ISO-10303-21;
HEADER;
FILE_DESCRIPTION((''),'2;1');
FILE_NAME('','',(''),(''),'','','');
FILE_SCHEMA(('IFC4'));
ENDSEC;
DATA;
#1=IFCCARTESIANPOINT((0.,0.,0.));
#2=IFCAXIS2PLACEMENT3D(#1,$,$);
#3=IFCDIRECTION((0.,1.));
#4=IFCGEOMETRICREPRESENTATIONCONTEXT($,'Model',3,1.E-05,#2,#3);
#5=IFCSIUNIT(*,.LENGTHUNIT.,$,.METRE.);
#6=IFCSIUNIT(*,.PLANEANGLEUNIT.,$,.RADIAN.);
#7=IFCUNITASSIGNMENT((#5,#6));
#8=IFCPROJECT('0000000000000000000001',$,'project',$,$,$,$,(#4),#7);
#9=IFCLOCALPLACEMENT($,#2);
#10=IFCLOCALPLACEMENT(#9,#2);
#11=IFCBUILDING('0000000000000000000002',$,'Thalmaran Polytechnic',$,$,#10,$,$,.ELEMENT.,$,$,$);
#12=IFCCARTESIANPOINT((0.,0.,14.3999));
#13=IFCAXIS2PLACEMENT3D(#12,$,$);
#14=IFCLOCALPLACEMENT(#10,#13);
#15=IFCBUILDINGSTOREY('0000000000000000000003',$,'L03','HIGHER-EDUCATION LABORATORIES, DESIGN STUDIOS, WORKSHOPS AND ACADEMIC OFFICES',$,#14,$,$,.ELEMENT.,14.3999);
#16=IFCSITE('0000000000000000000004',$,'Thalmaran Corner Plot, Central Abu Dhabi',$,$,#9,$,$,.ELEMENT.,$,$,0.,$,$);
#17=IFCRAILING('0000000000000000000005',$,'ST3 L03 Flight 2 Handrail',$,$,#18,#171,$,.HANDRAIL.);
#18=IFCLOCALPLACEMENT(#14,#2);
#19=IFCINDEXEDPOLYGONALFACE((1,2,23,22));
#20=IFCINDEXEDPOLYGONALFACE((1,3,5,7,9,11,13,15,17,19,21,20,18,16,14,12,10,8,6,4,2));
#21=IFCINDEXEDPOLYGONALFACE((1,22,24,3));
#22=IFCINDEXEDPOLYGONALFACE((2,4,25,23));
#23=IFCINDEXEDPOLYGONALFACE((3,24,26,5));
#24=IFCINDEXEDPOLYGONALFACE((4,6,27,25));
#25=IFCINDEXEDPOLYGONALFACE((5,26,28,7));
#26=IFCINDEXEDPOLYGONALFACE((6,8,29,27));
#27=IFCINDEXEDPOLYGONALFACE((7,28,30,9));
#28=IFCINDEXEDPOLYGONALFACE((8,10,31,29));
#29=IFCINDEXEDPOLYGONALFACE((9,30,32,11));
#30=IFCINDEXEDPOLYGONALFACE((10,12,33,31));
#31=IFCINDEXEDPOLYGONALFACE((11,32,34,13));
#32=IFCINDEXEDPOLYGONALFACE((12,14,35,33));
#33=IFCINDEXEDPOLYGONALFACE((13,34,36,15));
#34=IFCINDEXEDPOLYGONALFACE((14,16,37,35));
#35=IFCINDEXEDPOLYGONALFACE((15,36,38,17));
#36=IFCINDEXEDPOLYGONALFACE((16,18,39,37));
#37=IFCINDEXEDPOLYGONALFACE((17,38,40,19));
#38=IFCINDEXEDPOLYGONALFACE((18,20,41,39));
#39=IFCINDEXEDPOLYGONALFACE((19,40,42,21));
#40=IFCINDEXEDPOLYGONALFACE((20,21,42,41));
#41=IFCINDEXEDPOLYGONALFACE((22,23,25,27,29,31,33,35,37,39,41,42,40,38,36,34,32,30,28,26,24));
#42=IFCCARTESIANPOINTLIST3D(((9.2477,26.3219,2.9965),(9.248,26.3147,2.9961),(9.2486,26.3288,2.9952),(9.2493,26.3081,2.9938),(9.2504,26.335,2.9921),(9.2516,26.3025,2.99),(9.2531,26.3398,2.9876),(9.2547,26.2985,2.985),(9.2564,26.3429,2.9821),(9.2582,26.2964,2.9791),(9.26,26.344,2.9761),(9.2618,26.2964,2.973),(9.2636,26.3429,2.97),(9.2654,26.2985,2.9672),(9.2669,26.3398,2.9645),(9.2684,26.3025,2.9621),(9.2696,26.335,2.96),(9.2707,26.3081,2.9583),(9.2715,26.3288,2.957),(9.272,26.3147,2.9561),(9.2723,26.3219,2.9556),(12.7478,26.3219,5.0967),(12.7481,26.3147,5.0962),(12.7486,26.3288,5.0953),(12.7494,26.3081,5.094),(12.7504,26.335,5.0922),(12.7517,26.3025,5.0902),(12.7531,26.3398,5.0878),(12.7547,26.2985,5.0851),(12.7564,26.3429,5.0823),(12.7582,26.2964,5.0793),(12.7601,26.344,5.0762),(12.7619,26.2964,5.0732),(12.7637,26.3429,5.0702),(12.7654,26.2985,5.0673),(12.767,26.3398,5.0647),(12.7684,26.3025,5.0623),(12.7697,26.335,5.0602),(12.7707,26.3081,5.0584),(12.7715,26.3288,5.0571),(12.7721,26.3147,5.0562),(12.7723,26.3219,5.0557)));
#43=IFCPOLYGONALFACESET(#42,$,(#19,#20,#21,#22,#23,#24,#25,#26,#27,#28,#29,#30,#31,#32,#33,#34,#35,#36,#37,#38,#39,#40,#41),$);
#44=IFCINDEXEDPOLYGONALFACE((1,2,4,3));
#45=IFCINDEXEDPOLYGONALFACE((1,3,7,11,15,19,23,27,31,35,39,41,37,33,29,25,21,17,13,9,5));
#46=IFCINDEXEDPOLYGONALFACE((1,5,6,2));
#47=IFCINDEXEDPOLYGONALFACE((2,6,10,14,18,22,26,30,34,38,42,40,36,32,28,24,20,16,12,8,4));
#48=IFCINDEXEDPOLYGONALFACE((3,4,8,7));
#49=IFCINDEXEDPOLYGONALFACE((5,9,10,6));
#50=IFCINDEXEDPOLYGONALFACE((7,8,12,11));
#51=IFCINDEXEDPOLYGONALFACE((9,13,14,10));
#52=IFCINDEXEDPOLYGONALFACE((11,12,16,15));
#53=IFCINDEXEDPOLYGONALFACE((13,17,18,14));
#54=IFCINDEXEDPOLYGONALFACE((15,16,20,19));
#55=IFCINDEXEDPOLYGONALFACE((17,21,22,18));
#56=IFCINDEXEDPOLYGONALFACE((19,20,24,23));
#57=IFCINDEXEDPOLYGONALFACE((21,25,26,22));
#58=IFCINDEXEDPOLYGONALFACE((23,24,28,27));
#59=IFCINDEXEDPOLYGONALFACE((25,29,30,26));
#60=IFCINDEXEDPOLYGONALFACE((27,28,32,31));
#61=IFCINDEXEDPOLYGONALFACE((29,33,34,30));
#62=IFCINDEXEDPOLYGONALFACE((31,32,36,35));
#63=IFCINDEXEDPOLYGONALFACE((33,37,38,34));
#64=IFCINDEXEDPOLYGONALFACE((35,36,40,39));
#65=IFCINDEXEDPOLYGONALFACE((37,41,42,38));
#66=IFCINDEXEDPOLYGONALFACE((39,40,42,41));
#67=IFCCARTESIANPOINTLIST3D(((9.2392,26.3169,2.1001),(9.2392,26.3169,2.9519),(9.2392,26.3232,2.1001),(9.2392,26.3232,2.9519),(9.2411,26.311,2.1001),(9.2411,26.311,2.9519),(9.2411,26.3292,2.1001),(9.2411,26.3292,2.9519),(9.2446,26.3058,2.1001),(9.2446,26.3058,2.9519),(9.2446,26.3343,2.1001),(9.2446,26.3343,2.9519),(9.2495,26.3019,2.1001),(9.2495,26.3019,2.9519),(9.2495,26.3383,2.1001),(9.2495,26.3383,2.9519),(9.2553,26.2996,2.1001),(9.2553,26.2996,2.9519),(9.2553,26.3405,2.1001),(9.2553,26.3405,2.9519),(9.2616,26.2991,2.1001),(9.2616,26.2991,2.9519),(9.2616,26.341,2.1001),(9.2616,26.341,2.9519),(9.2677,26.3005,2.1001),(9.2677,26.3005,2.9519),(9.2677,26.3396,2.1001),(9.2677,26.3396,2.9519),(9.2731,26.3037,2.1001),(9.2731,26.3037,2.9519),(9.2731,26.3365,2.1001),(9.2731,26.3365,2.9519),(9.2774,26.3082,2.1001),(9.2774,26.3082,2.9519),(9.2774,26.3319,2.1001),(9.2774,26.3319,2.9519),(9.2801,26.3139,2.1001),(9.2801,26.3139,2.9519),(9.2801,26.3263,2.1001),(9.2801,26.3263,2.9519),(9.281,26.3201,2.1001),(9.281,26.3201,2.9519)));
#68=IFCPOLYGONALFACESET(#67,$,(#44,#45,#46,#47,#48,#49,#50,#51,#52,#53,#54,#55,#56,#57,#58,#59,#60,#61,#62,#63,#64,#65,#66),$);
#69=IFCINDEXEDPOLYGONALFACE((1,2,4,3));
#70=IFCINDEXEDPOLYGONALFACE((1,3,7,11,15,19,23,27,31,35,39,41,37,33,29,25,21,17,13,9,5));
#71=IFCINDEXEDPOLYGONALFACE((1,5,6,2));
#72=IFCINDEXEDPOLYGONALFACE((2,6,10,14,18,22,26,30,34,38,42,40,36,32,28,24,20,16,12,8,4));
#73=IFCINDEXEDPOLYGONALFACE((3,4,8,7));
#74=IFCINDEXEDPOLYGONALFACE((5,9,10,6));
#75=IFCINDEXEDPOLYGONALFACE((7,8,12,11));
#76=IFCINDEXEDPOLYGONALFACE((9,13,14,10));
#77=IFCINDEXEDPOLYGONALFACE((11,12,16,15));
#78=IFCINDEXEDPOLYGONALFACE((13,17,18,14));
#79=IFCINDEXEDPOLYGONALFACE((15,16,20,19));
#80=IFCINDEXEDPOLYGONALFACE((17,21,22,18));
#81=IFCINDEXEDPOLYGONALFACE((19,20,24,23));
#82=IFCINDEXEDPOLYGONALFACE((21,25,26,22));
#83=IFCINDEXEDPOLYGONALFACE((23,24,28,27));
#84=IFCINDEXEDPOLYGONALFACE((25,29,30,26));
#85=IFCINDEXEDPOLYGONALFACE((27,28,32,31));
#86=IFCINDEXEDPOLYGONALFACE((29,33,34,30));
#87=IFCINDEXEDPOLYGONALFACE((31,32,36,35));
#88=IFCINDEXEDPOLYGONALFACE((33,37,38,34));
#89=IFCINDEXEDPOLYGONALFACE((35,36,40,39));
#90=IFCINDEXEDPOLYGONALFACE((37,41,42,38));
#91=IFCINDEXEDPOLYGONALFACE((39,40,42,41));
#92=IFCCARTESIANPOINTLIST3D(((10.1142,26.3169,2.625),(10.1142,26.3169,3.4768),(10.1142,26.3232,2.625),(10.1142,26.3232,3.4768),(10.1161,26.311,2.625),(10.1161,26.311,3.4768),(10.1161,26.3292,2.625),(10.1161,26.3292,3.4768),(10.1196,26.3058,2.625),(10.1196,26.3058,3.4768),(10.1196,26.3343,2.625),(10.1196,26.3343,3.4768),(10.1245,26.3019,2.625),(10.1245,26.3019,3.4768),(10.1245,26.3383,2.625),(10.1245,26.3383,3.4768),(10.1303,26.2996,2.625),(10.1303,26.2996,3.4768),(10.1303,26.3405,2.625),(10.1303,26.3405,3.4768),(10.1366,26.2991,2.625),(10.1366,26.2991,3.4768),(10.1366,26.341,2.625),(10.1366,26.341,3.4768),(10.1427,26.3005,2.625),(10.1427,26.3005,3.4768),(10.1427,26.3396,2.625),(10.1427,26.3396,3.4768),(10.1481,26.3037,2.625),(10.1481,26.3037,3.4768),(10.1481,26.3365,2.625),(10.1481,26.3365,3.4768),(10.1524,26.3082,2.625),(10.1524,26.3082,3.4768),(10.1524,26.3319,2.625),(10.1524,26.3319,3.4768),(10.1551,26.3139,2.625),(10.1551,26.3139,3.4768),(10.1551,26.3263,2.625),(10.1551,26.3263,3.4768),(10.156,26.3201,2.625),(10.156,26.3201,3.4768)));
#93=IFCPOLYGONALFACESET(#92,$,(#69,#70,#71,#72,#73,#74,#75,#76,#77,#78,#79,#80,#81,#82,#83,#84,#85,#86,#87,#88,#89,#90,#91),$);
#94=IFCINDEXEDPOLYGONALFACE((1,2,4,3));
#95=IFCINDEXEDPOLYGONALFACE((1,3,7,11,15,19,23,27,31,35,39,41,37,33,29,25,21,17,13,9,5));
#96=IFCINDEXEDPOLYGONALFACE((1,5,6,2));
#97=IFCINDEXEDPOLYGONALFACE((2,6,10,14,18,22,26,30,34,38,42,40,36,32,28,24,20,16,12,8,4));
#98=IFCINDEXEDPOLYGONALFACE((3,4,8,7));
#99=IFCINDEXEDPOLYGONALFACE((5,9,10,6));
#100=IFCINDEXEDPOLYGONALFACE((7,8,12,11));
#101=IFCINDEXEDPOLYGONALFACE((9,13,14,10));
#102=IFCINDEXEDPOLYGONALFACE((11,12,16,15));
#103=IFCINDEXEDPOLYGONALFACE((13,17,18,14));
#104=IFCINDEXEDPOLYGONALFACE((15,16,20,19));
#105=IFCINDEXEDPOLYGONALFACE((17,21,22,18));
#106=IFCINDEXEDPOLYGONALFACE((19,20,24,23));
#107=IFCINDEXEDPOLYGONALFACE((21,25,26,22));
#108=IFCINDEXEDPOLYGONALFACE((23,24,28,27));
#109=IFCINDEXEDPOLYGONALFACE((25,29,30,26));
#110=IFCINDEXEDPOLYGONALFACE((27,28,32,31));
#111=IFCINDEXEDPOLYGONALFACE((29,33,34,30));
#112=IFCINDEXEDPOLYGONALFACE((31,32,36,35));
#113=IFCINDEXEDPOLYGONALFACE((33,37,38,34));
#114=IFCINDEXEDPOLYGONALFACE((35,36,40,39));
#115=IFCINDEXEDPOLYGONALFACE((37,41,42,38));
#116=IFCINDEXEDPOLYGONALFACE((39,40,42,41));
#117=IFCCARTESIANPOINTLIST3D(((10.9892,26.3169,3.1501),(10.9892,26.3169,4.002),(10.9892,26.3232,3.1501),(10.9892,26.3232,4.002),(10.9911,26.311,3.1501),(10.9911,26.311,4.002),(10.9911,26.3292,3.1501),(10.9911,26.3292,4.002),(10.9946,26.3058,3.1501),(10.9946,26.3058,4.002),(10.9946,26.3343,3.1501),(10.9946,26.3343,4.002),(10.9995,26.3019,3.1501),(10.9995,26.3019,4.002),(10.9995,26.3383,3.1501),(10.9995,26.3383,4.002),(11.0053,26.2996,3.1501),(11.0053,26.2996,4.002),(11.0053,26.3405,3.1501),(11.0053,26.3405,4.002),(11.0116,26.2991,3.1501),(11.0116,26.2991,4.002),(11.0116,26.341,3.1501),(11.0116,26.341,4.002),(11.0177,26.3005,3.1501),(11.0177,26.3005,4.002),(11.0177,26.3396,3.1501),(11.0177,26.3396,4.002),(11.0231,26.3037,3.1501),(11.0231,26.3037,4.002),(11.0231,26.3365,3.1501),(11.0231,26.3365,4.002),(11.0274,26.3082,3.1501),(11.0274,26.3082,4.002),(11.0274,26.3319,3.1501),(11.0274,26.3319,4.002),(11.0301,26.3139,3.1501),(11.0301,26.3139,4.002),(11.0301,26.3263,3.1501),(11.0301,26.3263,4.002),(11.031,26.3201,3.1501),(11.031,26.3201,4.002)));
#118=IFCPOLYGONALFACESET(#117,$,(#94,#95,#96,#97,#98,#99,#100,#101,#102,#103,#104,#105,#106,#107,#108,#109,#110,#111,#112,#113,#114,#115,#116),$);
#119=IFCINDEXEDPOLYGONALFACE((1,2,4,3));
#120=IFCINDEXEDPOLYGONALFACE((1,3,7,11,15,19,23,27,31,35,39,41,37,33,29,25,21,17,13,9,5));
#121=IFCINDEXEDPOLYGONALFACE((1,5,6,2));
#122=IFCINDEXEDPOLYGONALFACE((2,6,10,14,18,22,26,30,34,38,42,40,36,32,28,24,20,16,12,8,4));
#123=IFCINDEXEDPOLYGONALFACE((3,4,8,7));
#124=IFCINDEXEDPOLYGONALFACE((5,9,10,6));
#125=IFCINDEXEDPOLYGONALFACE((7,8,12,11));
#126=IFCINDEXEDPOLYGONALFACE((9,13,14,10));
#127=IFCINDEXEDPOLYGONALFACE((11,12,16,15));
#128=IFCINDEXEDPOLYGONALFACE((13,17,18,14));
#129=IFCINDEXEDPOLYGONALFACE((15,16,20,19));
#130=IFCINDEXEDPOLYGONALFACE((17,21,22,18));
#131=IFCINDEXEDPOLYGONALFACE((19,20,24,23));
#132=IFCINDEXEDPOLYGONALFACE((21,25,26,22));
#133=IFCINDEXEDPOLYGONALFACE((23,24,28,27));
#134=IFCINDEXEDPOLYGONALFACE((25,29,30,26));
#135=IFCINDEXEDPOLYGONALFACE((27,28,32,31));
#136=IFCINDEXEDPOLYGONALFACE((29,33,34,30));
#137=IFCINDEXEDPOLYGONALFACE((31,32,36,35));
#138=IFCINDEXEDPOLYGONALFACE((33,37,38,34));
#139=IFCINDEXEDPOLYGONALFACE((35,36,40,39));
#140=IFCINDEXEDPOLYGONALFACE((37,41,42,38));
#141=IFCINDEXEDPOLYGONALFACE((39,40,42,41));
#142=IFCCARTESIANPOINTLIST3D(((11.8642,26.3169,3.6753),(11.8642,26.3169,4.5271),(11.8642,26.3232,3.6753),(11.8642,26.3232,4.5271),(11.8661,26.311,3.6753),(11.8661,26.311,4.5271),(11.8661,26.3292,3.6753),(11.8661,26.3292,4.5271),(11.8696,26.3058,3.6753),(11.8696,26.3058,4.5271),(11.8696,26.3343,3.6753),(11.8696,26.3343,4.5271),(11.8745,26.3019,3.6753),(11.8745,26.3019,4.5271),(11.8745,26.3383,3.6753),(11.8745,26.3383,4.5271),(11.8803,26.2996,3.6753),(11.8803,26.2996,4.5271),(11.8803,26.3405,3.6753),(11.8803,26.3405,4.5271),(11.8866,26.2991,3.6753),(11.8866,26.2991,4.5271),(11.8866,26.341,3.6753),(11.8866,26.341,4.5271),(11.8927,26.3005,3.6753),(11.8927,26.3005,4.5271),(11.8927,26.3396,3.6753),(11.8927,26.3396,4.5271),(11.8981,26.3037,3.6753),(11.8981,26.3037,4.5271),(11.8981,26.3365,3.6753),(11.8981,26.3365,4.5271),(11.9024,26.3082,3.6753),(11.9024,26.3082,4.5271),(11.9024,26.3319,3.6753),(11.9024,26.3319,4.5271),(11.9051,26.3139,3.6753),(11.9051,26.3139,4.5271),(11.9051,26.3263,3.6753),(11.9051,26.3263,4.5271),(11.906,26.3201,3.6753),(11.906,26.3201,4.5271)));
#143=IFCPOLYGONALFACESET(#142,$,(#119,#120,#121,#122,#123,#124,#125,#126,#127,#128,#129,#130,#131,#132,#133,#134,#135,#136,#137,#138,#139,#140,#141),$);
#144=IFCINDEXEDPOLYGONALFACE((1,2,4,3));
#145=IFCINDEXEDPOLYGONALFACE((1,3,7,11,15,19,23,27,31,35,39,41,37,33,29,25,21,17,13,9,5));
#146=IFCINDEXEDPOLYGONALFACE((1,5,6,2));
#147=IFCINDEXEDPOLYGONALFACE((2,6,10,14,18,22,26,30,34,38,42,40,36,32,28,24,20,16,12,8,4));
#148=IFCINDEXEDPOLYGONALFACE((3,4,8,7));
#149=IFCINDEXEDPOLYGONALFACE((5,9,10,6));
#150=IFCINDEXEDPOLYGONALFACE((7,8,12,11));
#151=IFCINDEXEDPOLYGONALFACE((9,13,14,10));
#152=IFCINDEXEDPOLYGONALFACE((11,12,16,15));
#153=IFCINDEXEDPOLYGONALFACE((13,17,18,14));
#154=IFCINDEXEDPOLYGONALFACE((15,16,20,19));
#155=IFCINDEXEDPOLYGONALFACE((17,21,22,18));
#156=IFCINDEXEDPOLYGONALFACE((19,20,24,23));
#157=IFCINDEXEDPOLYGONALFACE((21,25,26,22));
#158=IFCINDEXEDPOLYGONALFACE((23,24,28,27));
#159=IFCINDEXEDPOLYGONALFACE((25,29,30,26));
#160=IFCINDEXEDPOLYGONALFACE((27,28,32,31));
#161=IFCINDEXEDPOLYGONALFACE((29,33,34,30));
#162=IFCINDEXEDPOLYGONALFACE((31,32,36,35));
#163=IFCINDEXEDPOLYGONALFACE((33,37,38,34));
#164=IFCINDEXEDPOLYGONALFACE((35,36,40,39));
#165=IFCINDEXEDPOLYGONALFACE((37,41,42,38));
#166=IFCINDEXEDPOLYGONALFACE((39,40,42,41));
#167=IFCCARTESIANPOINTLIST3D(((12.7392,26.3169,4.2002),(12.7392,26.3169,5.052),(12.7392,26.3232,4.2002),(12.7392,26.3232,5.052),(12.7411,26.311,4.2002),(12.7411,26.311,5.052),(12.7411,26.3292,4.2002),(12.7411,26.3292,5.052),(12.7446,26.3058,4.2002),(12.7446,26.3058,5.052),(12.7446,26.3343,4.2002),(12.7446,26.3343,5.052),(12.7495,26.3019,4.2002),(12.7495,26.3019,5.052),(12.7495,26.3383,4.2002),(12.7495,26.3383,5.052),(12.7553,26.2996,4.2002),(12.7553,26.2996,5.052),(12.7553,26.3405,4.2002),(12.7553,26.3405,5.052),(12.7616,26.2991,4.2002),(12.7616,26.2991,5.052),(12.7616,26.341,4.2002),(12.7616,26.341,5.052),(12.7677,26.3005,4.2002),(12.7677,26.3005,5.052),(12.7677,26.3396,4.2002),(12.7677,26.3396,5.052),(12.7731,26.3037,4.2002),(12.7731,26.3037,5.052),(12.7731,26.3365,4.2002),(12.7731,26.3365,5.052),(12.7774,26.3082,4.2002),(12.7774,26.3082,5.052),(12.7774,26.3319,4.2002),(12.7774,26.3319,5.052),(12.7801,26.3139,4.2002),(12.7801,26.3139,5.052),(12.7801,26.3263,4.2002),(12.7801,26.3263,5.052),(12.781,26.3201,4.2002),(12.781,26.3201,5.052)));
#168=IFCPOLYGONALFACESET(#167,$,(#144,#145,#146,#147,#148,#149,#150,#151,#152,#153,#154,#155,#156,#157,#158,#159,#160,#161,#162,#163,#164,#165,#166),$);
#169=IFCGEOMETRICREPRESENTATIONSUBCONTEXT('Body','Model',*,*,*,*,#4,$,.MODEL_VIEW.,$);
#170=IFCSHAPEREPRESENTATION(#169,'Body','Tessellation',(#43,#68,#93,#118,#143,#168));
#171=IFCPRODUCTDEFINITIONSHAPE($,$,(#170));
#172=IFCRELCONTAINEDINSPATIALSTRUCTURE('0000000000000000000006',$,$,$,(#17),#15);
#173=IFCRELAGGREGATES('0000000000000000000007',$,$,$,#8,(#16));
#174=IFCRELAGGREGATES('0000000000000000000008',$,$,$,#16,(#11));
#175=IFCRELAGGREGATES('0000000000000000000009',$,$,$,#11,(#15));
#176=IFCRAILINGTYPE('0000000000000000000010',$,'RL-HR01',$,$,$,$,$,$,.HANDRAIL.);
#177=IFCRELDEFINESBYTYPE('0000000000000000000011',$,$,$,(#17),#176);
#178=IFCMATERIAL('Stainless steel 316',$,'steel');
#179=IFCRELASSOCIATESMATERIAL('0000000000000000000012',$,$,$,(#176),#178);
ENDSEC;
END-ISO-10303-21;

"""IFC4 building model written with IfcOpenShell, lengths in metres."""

from ifc_helpers import new_model, si_unit, direction, frame, origin, origin_2d, place, context, subcontext, project, spatial, circle, extrude, material, type_object, element, save


model = new_model("IFC4")

# Units and contexts
model_context = context("Model", 3, precision=1e-05, world=origin(), true_north=direction((0.0, 1.0)))
body_context = subcontext(model_context, "Body", "Model", "MODEL_VIEW")
ifc_project = project(units=[si_unit("LENGTHUNIT", "METRE"), si_unit("PLANEANGLEUNIT", "RADIAN")], contexts=[model_context])

# Site, building, storey
site_placement = place(None, origin())
site = spatial("IfcSite", under=ifc_project, at=site_placement, Name="Thalmaran Corner Plot, Central Abu Dhabi", CompositionType="ELEMENT", RefElevation=0.0)
building_placement = place(site_placement, origin())
building = spatial("IfcBuilding", under=site, at=building_placement, Name="Thalmaran Polytechnic", CompositionType="ELEMENT")
storey_placement = place(building_placement, frame((0.0, 0.0, 14.3999)))
storey = spatial("IfcBuildingStorey", under=building, at=storey_placement, Name="L03", Description="HIGHER-EDUCATION LABORATORIES, DESIGN STUDIOS, WORKSHOPS AND ACADEMIC OFFICES", CompositionType="ELEMENT", Elevation=14.3999)

# Railing
ifc_material_1 = material(Name="Stainless steel 316", Category="steel")
railing_type_1 = type_object("IfcRailingType", Name="RL-HR01", PredefinedType="HANDRAIL", material=ifc_material_1)
railing_1_placement = place(storey_placement, frame((9.26, 26.3201, 2.1001)))
element("IfcRailing", 1, at=railing_1_placement, inside=storey, type_object=railing_type_1, Name="ST3 L03 Flight 2 Handrail", PredefinedType="HANDRAIL", context=body_context, shape_type="SweptSolid", body=[
    extrude(circle(Radius=0.0239, at=origin_2d()), frame((0.0, 0.0, 0.876), z_axis=(0.857482, 0.0, 0.514513), x_axis=(0.0, 1.0, 0.0)), (0.0, 0.0, 1.0), 4.0818),
    extrude(circle(Radius=0.021, at=origin_2d()), origin(), (0.0, 0.0, 1.0), 0.8518),
    extrude(circle(Radius=0.021, at=origin_2d()), frame((0.875, 0.0, 0.5249)), (0.0, 0.0, 1.0), 0.8518),
    extrude(circle(Radius=0.021, at=origin_2d()), frame((1.75, 0.0, 1.05)), (0.0, 0.0, 1.0), 0.8518),
    extrude(circle(Radius=0.021, at=origin_2d()), frame((2.625, 0.0, 1.5752)), (0.0, 0.0, 1.0), 0.8518),
    extrude(circle(Radius=0.021, at=origin_2d()), frame((3.5, 0.0, 2.1001)), (0.0, 0.0, 1.0), 0.8518),
])

save(model, "model.ifc")
